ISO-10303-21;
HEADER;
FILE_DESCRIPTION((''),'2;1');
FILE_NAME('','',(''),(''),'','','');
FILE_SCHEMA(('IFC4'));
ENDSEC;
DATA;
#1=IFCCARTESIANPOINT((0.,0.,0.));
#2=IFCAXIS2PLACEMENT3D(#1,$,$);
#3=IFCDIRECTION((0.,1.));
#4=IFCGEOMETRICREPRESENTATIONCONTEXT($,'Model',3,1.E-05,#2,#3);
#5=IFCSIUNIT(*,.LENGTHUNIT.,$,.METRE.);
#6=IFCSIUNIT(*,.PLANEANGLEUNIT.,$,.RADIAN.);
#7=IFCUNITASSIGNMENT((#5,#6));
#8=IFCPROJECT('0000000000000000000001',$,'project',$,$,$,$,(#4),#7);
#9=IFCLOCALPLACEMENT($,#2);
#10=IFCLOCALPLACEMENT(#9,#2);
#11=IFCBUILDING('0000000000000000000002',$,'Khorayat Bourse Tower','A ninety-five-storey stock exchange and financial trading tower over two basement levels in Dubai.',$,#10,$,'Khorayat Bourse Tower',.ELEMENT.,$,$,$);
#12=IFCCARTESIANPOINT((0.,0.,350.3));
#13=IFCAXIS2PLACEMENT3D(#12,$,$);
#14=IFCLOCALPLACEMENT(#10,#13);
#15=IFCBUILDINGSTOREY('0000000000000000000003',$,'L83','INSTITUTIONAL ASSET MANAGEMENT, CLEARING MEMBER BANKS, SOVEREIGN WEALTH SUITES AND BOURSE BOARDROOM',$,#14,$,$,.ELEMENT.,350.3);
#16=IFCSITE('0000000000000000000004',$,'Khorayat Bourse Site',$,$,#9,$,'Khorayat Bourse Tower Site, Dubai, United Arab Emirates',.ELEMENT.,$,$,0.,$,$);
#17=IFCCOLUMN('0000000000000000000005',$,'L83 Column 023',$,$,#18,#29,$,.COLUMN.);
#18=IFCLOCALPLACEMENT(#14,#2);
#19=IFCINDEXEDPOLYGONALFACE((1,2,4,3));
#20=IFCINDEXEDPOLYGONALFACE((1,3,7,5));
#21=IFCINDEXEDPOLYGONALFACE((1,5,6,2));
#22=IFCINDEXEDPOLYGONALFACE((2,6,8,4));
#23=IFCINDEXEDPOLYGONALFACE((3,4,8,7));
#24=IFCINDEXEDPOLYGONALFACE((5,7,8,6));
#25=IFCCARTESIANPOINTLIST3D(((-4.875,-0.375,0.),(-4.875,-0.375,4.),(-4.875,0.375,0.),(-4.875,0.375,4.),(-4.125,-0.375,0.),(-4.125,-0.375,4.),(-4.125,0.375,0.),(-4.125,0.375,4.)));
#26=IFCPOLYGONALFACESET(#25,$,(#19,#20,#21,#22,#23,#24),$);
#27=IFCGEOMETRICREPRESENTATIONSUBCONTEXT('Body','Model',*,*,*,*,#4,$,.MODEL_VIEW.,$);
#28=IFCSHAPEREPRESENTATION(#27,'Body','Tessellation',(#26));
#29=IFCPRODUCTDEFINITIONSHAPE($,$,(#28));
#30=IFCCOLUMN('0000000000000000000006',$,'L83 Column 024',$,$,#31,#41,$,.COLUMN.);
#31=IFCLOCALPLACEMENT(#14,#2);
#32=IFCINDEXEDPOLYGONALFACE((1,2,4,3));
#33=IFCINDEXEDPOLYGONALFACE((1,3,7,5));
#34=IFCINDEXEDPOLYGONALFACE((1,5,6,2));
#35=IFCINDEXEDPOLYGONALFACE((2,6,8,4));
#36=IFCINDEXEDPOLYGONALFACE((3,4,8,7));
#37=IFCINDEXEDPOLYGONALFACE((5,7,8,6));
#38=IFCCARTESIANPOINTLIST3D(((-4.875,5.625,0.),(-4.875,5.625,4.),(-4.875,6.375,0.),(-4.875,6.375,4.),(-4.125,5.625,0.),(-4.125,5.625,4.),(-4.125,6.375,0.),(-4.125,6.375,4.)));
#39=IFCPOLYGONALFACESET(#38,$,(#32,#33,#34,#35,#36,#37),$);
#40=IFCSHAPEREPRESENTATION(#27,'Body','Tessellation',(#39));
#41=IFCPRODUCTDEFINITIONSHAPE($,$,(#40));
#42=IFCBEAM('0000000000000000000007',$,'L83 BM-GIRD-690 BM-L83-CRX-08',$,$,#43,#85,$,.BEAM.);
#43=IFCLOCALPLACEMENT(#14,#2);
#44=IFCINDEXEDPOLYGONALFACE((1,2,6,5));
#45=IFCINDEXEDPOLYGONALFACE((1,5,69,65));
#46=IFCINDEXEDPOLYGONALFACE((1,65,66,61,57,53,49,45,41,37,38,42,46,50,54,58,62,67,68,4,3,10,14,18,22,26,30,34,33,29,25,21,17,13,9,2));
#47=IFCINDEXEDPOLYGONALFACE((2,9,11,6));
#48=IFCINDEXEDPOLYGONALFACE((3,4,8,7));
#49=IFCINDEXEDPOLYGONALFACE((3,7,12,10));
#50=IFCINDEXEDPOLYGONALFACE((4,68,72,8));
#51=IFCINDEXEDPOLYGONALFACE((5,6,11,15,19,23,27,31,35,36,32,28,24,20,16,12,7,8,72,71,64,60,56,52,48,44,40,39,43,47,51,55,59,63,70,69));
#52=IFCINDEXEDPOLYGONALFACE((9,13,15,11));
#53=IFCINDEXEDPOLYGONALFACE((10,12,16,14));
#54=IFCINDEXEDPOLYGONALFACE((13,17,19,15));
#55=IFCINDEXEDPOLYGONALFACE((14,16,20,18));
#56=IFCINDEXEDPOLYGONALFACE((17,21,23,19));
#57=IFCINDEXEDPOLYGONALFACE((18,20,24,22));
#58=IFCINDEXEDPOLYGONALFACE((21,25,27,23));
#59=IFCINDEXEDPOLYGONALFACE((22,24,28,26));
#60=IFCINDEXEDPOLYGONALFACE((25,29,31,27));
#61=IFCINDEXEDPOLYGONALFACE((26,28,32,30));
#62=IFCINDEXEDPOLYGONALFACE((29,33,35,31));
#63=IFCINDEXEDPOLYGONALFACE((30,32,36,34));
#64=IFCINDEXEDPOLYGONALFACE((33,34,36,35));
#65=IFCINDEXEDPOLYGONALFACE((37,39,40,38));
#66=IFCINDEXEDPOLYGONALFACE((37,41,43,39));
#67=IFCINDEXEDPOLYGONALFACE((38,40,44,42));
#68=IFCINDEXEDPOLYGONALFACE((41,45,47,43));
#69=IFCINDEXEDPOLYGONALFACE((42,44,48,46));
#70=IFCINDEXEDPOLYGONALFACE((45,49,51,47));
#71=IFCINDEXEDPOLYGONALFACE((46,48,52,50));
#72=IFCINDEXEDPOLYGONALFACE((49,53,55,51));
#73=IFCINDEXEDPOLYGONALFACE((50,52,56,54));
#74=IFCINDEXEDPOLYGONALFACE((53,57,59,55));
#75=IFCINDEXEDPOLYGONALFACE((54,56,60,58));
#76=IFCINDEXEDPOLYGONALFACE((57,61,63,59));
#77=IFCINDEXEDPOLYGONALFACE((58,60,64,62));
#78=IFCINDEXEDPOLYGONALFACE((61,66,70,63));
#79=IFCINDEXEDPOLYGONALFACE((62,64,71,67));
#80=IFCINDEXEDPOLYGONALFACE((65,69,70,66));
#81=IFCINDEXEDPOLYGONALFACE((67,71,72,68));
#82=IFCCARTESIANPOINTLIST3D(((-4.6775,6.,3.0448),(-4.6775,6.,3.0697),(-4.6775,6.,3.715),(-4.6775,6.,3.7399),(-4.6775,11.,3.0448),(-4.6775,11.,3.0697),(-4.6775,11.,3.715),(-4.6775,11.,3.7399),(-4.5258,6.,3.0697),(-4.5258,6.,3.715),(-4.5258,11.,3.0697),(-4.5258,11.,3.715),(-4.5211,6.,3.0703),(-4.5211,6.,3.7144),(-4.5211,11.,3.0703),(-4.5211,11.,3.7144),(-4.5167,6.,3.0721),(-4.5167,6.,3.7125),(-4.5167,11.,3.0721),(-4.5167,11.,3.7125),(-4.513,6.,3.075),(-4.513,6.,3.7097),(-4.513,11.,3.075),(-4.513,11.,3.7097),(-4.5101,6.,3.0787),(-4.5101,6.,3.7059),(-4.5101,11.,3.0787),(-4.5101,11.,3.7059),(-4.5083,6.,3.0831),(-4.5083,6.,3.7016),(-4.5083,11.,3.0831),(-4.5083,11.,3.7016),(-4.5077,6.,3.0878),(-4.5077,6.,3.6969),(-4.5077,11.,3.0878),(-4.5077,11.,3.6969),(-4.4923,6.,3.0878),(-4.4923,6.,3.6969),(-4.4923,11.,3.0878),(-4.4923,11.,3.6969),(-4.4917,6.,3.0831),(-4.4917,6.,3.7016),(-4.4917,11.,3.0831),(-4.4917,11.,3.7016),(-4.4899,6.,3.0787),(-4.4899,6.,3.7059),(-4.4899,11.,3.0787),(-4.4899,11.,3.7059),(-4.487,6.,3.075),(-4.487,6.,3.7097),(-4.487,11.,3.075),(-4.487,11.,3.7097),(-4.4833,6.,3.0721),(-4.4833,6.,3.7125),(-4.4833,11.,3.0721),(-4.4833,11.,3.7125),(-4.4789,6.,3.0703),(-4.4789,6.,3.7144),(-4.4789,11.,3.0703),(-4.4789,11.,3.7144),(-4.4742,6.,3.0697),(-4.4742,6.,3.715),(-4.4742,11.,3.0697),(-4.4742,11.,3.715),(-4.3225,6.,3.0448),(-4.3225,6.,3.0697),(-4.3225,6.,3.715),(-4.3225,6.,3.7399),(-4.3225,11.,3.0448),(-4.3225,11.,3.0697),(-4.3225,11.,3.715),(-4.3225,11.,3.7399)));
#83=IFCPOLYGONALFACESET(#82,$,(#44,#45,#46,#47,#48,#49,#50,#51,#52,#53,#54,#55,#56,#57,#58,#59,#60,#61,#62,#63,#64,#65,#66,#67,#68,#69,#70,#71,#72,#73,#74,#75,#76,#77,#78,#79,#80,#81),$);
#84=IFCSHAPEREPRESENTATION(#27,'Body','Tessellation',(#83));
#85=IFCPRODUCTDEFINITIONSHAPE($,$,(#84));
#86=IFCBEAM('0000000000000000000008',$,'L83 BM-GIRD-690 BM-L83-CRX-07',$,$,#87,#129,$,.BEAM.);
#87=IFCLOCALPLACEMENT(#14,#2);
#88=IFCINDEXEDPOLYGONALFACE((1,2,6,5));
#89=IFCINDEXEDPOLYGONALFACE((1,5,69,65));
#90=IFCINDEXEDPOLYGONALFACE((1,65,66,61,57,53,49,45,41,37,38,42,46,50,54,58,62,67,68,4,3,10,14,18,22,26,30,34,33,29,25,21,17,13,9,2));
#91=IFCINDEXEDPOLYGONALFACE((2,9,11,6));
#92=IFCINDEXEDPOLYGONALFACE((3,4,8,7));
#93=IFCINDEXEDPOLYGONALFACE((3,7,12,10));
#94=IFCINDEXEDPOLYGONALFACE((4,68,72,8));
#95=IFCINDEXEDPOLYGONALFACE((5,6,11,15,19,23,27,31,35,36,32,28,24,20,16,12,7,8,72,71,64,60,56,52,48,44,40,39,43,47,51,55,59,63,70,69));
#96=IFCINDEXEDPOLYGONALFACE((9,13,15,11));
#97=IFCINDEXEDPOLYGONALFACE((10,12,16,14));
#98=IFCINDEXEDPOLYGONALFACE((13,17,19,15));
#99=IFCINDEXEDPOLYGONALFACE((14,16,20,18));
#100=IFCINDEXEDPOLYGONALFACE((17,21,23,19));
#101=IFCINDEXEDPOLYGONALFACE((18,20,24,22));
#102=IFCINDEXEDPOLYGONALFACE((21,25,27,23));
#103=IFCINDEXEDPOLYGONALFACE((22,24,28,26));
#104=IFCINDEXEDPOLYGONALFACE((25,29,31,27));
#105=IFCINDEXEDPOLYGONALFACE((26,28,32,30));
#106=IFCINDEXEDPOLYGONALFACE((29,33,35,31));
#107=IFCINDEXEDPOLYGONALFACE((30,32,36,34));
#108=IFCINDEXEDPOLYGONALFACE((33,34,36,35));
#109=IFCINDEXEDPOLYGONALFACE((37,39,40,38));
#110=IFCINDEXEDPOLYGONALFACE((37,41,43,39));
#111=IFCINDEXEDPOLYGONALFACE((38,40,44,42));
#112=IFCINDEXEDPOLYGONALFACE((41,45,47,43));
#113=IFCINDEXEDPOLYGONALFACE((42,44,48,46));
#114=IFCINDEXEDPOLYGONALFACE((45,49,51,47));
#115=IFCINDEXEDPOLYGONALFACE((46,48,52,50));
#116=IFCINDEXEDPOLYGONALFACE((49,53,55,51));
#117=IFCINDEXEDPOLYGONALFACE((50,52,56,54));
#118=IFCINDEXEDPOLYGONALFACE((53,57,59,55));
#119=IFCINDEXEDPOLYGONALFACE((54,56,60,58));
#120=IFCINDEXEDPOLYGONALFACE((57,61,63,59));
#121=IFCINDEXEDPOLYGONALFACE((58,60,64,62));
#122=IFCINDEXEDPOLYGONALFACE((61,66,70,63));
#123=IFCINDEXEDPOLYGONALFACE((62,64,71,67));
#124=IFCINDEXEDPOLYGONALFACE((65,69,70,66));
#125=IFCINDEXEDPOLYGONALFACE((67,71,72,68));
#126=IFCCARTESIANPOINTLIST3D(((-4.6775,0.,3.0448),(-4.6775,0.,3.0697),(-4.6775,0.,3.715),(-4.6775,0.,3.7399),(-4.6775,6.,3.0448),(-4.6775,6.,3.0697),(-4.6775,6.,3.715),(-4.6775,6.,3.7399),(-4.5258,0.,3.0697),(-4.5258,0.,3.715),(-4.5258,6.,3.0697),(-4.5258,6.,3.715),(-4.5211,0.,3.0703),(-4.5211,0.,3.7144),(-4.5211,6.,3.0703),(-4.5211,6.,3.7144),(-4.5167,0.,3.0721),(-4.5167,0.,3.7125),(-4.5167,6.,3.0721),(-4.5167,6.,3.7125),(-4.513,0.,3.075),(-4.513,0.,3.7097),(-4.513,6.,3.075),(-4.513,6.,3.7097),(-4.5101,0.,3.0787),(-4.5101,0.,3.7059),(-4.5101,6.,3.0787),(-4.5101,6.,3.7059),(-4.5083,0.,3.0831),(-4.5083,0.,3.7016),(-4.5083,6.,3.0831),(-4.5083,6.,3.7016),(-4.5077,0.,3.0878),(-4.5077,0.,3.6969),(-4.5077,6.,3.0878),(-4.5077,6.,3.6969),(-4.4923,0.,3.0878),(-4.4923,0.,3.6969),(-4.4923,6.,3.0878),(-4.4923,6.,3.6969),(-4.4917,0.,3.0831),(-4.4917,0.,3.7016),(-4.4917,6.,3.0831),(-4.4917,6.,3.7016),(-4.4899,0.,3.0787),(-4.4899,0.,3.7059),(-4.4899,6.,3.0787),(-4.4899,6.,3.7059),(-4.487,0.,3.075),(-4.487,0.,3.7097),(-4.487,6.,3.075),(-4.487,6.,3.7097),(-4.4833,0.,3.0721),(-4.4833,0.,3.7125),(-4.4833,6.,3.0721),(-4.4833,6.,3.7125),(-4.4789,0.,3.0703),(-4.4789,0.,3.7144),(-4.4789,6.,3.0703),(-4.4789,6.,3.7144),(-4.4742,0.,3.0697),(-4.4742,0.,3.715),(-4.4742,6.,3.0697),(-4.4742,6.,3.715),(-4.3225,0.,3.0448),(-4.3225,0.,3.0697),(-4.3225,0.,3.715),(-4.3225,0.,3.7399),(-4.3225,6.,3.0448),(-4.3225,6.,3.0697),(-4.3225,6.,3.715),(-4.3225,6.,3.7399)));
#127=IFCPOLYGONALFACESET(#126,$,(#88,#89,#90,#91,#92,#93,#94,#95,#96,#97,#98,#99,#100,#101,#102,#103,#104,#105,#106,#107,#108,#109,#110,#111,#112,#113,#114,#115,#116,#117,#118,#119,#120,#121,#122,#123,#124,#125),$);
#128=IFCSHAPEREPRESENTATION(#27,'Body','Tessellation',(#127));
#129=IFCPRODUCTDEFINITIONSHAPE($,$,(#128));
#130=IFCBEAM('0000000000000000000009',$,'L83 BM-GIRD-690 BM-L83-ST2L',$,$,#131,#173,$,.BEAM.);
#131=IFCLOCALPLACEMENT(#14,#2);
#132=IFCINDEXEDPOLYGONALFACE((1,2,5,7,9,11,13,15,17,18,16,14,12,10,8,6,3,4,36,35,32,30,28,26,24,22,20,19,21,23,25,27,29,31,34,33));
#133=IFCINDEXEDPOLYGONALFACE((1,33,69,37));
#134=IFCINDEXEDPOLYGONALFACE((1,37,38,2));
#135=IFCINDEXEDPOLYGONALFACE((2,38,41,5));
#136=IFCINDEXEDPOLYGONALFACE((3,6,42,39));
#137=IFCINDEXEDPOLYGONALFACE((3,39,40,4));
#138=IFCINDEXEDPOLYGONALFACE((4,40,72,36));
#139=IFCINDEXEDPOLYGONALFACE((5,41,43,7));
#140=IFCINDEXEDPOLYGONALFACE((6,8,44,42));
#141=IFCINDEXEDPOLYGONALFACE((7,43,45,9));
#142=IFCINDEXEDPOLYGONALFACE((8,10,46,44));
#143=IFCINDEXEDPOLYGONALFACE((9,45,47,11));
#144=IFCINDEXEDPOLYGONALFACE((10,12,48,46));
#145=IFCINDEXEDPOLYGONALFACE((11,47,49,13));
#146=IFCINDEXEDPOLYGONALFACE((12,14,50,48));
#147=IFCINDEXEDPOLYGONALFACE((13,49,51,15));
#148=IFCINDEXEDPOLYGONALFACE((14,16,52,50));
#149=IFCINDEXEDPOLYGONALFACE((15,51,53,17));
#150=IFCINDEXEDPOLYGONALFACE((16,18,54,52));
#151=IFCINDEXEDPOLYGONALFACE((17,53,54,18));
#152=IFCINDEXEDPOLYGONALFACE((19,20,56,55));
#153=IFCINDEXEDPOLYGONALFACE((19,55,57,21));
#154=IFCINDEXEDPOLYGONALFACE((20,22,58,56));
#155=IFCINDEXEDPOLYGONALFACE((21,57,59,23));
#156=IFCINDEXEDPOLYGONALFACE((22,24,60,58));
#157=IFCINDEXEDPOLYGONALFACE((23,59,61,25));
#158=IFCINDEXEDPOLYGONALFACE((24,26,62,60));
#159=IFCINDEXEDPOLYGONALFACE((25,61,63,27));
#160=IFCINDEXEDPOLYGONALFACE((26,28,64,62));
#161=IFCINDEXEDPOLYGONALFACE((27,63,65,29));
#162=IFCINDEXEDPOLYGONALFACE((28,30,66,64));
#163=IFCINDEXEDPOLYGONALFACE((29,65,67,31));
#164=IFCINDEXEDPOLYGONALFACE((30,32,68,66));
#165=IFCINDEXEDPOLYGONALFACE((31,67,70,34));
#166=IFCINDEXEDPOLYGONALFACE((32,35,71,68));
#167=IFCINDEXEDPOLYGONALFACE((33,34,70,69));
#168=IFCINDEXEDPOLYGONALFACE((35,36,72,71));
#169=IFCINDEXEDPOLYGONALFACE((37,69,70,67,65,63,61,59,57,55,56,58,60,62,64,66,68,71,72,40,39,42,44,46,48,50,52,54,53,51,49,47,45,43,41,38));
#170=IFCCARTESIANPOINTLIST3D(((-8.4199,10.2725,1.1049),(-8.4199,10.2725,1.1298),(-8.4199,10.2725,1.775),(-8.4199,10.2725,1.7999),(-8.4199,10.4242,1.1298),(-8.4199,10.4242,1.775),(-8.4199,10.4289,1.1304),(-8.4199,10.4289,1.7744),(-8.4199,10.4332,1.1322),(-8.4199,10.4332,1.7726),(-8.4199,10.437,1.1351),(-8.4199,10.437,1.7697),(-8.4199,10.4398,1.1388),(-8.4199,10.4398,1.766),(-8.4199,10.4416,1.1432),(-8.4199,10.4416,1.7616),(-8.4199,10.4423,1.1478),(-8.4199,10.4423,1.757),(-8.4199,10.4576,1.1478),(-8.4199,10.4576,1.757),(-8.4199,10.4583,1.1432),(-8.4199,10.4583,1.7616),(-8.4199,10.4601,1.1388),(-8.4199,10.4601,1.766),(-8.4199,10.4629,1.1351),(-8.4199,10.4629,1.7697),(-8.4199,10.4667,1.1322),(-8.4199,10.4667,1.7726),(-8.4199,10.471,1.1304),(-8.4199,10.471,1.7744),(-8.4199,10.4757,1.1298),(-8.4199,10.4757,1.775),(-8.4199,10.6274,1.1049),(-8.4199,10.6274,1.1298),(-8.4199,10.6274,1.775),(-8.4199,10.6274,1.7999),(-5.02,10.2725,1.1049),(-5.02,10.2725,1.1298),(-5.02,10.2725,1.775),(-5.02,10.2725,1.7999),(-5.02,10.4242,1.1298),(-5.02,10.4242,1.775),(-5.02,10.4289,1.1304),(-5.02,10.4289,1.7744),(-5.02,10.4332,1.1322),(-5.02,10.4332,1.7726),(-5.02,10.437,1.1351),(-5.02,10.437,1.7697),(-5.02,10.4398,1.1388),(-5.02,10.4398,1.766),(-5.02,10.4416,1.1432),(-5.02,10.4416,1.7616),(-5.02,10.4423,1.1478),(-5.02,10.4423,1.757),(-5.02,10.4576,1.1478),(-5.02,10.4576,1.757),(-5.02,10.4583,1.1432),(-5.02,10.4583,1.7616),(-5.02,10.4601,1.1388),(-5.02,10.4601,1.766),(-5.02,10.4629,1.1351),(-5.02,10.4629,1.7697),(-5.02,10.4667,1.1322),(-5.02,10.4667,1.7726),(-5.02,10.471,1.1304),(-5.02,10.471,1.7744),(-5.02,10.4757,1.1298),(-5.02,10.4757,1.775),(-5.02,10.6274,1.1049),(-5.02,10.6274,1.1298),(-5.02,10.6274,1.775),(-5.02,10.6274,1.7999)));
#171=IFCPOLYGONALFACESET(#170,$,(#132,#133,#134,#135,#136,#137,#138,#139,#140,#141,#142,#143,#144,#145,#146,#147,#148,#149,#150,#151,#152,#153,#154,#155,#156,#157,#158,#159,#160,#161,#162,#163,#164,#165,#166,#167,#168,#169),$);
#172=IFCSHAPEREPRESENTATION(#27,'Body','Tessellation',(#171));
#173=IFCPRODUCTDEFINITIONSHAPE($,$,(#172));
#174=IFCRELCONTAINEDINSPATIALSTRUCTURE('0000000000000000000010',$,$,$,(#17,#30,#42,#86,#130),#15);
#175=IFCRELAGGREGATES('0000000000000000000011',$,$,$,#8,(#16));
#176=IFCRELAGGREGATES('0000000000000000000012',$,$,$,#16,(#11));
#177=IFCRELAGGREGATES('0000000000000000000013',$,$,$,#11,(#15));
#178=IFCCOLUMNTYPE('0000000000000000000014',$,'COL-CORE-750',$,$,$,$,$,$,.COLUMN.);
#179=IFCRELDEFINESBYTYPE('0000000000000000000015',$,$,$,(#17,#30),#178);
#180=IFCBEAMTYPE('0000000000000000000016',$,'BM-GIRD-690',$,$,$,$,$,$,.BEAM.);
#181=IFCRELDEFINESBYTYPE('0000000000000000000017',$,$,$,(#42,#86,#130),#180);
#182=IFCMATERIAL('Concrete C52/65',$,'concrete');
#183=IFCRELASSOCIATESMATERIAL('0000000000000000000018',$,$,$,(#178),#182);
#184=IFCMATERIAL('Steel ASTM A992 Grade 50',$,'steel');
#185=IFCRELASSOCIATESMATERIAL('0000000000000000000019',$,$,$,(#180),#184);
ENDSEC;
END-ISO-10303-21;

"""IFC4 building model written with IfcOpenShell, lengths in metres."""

from ifc_helpers import new_model, si_unit, direction, frame, origin, origin_2d, place, context, subcontext, project, spatial, rectangle, i_section, extrude, source, transform, mapped, material, material_profile, profile_set, type_object, element, save


model = new_model("IFC4")

# Units and contexts
model_context = context("Model", 3, precision=1e-05, world=origin(), true_north=direction((0.0, 1.0)))
body_context = subcontext(model_context, "Body", "Model", "MODEL_VIEW")
ifc_project = project(units=[si_unit("LENGTHUNIT", "METRE"), si_unit("PLANEANGLEUNIT", "RADIAN")], contexts=[model_context])

# Site, building, storey
site_placement = place(None, origin())
site = spatial("IfcSite", under=ifc_project, at=site_placement, Name="Khorayat Bourse Site", LongName="Khorayat Bourse Tower Site, Dubai, United Arab Emirates", CompositionType="ELEMENT", RefElevation=0.0)
building_placement = place(site_placement, origin())
building = spatial("IfcBuilding", under=site, at=building_placement, Name="Khorayat Bourse Tower", Description="A ninety-five-storey stock exchange and financial trading tower over two basement levels in Dubai.", LongName="Khorayat Bourse Tower", CompositionType="ELEMENT")
storey_placement = place(building_placement, frame((0.0, 0.0, 350.3)))
storey = spatial("IfcBuildingStorey", under=building, at=storey_placement, Name="L83", Description="INSTITUTIONAL ASSET MANAGEMENT, CLEARING MEMBER BANKS, SOVEREIGN WEALTH SUITES AND BOURSE BOARDROOM", CompositionType="ELEMENT", Elevation=350.3)

# Columns
ifc_material_1 = material(Name="Concrete C52/65", Category="concrete")
ifc_material_profile_1 = material_profile(ifc_material_1, rectangle(XDim=0.75, YDim=0.75, at=origin_2d()), Name="RC 750x750")
ifc_profile_set_1 = profile_set([ifc_material_profile_1], Name="Concrete C52/65")
column_type = type_object("IfcColumnType", Name="COL-CORE-750", PredefinedType="COLUMN", material=ifc_profile_set_1)
shared_shape_1 = source(origin(), body_context, "Body", "SweptSolid", [
    extrude(rectangle(XDim=0.75, YDim=0.75, at=origin_2d()), origin(), (0.0, 0.0, 1.0), 4.0),
])
for number, where, z_axis, x_axis, name in (
    (1, (-4.5, 0.0, 0.0), (0.0, 0.0, 1.0), (1.0, 0.0, 0.0), "L83 Column 023"),
    (2, (-4.5, 6.0, 0.0), (0.0, 0.0, 1.0), (1.0, 0.0, 0.0), "L83 Column 024"),
):
    element("IfcColumn", number, at=place(storey_placement, frame(where, z_axis=z_axis, x_axis=x_axis)), inside=storey, type_object=column_type, Name=name, PredefinedType="COLUMN", context=body_context, shape_type="MappedRepresentation", body=[
        mapped(shared_shape_1, transform((0.0, 0.0, 0.0), scale=1.0)),
    ])

# Beams
ifc_material_2 = material(Name="Steel ASTM A992 Grade 50", Category="steel")
ifc_material_profile_2 = material_profile(ifc_material_2, i_section(OverallWidth=0.355, OverallDepth=0.6951, WebThickness=0.0154, FlangeThickness=0.0249, FilletRadius=0.0181, at=origin_2d()), Name="W690X217")
ifc_profile_set_2 = profile_set([ifc_material_profile_2], Name="Steel ASTM A992 Grade 50")
beam_type = type_object("IfcBeamType", Name="BM-GIRD-690", PredefinedType="BEAM", material=ifc_profile_set_2)
shared_shape_2 = source(origin(), body_context, "Body", "SweptSolid", [
    extrude(i_section(OverallWidth=0.355, OverallDepth=0.6951, WebThickness=0.0154, FlangeThickness=0.0249, FilletRadius=0.0181, at=origin_2d()), origin(), (0.0, 0.0, 1.0), 5.0),
])
beam_1_placement = place(storey_placement, frame((-4.5, 6.0, 3.3923), z_axis=(0.0, 1.0, 0.0), x_axis=(-1.0, 0.0, 0.0)))
element("IfcBeam", 3, at=beam_1_placement, inside=storey, type_object=beam_type, Name="L83 BM-GIRD-690 BM-L83-CRX-08", PredefinedType="BEAM", context=body_context, shape_type="MappedRepresentation", body=[
    mapped(shared_shape_2, transform((0.0, 0.0, 0.0), scale=1.0)),
])
shared_shape_3 = source(origin(), body_context, "Body", "SweptSolid", [
    extrude(i_section(OverallWidth=0.355, OverallDepth=0.6951, WebThickness=0.0154, FlangeThickness=0.0249, FilletRadius=0.0181, at=origin_2d()), origin(), (0.0, 0.0, 1.0), 6.0),
])
beam_2_placement = place(storey_placement, frame((-4.5, 0.0, 3.3923), z_axis=(0.0, 1.0, 0.0), x_axis=(-1.0, 0.0, 0.0)))
element("IfcBeam", 4, at=beam_2_placement, inside=storey, type_object=beam_type, Name="L83 BM-GIRD-690 BM-L83-CRX-07", PredefinedType="BEAM", context=body_context, shape_type="MappedRepresentation", body=[
    mapped(shared_shape_3, transform((0.0, 0.0, 0.0), scale=1.0)),
])
shared_shape_4 = source(origin(), body_context, "Body", "SweptSolid", [
    extrude(i_section(OverallWidth=0.355, OverallDepth=0.6951, WebThickness=0.0154, FlangeThickness=0.0249, FilletRadius=0.0181, at=origin_2d()), origin(), (0.0, 0.0, 1.0), 3.3999),
])
beam_3_placement = place(storey_placement, frame((-8.4199, 10.45, 1.4524), z_axis=(1.0, 0.0, 0.0), x_axis=(0.0, 1.0, 0.0)))
element("IfcBeam", 5, at=beam_3_placement, inside=storey, type_object=beam_type, Name="L83 BM-GIRD-690 BM-L83-ST2L", PredefinedType="BEAM", context=body_context, shape_type="MappedRepresentation", body=[
    mapped(shared_shape_4, transform((0.0, 0.0, 0.0), scale=1.0)),
])

save(model, "model.ifc")
